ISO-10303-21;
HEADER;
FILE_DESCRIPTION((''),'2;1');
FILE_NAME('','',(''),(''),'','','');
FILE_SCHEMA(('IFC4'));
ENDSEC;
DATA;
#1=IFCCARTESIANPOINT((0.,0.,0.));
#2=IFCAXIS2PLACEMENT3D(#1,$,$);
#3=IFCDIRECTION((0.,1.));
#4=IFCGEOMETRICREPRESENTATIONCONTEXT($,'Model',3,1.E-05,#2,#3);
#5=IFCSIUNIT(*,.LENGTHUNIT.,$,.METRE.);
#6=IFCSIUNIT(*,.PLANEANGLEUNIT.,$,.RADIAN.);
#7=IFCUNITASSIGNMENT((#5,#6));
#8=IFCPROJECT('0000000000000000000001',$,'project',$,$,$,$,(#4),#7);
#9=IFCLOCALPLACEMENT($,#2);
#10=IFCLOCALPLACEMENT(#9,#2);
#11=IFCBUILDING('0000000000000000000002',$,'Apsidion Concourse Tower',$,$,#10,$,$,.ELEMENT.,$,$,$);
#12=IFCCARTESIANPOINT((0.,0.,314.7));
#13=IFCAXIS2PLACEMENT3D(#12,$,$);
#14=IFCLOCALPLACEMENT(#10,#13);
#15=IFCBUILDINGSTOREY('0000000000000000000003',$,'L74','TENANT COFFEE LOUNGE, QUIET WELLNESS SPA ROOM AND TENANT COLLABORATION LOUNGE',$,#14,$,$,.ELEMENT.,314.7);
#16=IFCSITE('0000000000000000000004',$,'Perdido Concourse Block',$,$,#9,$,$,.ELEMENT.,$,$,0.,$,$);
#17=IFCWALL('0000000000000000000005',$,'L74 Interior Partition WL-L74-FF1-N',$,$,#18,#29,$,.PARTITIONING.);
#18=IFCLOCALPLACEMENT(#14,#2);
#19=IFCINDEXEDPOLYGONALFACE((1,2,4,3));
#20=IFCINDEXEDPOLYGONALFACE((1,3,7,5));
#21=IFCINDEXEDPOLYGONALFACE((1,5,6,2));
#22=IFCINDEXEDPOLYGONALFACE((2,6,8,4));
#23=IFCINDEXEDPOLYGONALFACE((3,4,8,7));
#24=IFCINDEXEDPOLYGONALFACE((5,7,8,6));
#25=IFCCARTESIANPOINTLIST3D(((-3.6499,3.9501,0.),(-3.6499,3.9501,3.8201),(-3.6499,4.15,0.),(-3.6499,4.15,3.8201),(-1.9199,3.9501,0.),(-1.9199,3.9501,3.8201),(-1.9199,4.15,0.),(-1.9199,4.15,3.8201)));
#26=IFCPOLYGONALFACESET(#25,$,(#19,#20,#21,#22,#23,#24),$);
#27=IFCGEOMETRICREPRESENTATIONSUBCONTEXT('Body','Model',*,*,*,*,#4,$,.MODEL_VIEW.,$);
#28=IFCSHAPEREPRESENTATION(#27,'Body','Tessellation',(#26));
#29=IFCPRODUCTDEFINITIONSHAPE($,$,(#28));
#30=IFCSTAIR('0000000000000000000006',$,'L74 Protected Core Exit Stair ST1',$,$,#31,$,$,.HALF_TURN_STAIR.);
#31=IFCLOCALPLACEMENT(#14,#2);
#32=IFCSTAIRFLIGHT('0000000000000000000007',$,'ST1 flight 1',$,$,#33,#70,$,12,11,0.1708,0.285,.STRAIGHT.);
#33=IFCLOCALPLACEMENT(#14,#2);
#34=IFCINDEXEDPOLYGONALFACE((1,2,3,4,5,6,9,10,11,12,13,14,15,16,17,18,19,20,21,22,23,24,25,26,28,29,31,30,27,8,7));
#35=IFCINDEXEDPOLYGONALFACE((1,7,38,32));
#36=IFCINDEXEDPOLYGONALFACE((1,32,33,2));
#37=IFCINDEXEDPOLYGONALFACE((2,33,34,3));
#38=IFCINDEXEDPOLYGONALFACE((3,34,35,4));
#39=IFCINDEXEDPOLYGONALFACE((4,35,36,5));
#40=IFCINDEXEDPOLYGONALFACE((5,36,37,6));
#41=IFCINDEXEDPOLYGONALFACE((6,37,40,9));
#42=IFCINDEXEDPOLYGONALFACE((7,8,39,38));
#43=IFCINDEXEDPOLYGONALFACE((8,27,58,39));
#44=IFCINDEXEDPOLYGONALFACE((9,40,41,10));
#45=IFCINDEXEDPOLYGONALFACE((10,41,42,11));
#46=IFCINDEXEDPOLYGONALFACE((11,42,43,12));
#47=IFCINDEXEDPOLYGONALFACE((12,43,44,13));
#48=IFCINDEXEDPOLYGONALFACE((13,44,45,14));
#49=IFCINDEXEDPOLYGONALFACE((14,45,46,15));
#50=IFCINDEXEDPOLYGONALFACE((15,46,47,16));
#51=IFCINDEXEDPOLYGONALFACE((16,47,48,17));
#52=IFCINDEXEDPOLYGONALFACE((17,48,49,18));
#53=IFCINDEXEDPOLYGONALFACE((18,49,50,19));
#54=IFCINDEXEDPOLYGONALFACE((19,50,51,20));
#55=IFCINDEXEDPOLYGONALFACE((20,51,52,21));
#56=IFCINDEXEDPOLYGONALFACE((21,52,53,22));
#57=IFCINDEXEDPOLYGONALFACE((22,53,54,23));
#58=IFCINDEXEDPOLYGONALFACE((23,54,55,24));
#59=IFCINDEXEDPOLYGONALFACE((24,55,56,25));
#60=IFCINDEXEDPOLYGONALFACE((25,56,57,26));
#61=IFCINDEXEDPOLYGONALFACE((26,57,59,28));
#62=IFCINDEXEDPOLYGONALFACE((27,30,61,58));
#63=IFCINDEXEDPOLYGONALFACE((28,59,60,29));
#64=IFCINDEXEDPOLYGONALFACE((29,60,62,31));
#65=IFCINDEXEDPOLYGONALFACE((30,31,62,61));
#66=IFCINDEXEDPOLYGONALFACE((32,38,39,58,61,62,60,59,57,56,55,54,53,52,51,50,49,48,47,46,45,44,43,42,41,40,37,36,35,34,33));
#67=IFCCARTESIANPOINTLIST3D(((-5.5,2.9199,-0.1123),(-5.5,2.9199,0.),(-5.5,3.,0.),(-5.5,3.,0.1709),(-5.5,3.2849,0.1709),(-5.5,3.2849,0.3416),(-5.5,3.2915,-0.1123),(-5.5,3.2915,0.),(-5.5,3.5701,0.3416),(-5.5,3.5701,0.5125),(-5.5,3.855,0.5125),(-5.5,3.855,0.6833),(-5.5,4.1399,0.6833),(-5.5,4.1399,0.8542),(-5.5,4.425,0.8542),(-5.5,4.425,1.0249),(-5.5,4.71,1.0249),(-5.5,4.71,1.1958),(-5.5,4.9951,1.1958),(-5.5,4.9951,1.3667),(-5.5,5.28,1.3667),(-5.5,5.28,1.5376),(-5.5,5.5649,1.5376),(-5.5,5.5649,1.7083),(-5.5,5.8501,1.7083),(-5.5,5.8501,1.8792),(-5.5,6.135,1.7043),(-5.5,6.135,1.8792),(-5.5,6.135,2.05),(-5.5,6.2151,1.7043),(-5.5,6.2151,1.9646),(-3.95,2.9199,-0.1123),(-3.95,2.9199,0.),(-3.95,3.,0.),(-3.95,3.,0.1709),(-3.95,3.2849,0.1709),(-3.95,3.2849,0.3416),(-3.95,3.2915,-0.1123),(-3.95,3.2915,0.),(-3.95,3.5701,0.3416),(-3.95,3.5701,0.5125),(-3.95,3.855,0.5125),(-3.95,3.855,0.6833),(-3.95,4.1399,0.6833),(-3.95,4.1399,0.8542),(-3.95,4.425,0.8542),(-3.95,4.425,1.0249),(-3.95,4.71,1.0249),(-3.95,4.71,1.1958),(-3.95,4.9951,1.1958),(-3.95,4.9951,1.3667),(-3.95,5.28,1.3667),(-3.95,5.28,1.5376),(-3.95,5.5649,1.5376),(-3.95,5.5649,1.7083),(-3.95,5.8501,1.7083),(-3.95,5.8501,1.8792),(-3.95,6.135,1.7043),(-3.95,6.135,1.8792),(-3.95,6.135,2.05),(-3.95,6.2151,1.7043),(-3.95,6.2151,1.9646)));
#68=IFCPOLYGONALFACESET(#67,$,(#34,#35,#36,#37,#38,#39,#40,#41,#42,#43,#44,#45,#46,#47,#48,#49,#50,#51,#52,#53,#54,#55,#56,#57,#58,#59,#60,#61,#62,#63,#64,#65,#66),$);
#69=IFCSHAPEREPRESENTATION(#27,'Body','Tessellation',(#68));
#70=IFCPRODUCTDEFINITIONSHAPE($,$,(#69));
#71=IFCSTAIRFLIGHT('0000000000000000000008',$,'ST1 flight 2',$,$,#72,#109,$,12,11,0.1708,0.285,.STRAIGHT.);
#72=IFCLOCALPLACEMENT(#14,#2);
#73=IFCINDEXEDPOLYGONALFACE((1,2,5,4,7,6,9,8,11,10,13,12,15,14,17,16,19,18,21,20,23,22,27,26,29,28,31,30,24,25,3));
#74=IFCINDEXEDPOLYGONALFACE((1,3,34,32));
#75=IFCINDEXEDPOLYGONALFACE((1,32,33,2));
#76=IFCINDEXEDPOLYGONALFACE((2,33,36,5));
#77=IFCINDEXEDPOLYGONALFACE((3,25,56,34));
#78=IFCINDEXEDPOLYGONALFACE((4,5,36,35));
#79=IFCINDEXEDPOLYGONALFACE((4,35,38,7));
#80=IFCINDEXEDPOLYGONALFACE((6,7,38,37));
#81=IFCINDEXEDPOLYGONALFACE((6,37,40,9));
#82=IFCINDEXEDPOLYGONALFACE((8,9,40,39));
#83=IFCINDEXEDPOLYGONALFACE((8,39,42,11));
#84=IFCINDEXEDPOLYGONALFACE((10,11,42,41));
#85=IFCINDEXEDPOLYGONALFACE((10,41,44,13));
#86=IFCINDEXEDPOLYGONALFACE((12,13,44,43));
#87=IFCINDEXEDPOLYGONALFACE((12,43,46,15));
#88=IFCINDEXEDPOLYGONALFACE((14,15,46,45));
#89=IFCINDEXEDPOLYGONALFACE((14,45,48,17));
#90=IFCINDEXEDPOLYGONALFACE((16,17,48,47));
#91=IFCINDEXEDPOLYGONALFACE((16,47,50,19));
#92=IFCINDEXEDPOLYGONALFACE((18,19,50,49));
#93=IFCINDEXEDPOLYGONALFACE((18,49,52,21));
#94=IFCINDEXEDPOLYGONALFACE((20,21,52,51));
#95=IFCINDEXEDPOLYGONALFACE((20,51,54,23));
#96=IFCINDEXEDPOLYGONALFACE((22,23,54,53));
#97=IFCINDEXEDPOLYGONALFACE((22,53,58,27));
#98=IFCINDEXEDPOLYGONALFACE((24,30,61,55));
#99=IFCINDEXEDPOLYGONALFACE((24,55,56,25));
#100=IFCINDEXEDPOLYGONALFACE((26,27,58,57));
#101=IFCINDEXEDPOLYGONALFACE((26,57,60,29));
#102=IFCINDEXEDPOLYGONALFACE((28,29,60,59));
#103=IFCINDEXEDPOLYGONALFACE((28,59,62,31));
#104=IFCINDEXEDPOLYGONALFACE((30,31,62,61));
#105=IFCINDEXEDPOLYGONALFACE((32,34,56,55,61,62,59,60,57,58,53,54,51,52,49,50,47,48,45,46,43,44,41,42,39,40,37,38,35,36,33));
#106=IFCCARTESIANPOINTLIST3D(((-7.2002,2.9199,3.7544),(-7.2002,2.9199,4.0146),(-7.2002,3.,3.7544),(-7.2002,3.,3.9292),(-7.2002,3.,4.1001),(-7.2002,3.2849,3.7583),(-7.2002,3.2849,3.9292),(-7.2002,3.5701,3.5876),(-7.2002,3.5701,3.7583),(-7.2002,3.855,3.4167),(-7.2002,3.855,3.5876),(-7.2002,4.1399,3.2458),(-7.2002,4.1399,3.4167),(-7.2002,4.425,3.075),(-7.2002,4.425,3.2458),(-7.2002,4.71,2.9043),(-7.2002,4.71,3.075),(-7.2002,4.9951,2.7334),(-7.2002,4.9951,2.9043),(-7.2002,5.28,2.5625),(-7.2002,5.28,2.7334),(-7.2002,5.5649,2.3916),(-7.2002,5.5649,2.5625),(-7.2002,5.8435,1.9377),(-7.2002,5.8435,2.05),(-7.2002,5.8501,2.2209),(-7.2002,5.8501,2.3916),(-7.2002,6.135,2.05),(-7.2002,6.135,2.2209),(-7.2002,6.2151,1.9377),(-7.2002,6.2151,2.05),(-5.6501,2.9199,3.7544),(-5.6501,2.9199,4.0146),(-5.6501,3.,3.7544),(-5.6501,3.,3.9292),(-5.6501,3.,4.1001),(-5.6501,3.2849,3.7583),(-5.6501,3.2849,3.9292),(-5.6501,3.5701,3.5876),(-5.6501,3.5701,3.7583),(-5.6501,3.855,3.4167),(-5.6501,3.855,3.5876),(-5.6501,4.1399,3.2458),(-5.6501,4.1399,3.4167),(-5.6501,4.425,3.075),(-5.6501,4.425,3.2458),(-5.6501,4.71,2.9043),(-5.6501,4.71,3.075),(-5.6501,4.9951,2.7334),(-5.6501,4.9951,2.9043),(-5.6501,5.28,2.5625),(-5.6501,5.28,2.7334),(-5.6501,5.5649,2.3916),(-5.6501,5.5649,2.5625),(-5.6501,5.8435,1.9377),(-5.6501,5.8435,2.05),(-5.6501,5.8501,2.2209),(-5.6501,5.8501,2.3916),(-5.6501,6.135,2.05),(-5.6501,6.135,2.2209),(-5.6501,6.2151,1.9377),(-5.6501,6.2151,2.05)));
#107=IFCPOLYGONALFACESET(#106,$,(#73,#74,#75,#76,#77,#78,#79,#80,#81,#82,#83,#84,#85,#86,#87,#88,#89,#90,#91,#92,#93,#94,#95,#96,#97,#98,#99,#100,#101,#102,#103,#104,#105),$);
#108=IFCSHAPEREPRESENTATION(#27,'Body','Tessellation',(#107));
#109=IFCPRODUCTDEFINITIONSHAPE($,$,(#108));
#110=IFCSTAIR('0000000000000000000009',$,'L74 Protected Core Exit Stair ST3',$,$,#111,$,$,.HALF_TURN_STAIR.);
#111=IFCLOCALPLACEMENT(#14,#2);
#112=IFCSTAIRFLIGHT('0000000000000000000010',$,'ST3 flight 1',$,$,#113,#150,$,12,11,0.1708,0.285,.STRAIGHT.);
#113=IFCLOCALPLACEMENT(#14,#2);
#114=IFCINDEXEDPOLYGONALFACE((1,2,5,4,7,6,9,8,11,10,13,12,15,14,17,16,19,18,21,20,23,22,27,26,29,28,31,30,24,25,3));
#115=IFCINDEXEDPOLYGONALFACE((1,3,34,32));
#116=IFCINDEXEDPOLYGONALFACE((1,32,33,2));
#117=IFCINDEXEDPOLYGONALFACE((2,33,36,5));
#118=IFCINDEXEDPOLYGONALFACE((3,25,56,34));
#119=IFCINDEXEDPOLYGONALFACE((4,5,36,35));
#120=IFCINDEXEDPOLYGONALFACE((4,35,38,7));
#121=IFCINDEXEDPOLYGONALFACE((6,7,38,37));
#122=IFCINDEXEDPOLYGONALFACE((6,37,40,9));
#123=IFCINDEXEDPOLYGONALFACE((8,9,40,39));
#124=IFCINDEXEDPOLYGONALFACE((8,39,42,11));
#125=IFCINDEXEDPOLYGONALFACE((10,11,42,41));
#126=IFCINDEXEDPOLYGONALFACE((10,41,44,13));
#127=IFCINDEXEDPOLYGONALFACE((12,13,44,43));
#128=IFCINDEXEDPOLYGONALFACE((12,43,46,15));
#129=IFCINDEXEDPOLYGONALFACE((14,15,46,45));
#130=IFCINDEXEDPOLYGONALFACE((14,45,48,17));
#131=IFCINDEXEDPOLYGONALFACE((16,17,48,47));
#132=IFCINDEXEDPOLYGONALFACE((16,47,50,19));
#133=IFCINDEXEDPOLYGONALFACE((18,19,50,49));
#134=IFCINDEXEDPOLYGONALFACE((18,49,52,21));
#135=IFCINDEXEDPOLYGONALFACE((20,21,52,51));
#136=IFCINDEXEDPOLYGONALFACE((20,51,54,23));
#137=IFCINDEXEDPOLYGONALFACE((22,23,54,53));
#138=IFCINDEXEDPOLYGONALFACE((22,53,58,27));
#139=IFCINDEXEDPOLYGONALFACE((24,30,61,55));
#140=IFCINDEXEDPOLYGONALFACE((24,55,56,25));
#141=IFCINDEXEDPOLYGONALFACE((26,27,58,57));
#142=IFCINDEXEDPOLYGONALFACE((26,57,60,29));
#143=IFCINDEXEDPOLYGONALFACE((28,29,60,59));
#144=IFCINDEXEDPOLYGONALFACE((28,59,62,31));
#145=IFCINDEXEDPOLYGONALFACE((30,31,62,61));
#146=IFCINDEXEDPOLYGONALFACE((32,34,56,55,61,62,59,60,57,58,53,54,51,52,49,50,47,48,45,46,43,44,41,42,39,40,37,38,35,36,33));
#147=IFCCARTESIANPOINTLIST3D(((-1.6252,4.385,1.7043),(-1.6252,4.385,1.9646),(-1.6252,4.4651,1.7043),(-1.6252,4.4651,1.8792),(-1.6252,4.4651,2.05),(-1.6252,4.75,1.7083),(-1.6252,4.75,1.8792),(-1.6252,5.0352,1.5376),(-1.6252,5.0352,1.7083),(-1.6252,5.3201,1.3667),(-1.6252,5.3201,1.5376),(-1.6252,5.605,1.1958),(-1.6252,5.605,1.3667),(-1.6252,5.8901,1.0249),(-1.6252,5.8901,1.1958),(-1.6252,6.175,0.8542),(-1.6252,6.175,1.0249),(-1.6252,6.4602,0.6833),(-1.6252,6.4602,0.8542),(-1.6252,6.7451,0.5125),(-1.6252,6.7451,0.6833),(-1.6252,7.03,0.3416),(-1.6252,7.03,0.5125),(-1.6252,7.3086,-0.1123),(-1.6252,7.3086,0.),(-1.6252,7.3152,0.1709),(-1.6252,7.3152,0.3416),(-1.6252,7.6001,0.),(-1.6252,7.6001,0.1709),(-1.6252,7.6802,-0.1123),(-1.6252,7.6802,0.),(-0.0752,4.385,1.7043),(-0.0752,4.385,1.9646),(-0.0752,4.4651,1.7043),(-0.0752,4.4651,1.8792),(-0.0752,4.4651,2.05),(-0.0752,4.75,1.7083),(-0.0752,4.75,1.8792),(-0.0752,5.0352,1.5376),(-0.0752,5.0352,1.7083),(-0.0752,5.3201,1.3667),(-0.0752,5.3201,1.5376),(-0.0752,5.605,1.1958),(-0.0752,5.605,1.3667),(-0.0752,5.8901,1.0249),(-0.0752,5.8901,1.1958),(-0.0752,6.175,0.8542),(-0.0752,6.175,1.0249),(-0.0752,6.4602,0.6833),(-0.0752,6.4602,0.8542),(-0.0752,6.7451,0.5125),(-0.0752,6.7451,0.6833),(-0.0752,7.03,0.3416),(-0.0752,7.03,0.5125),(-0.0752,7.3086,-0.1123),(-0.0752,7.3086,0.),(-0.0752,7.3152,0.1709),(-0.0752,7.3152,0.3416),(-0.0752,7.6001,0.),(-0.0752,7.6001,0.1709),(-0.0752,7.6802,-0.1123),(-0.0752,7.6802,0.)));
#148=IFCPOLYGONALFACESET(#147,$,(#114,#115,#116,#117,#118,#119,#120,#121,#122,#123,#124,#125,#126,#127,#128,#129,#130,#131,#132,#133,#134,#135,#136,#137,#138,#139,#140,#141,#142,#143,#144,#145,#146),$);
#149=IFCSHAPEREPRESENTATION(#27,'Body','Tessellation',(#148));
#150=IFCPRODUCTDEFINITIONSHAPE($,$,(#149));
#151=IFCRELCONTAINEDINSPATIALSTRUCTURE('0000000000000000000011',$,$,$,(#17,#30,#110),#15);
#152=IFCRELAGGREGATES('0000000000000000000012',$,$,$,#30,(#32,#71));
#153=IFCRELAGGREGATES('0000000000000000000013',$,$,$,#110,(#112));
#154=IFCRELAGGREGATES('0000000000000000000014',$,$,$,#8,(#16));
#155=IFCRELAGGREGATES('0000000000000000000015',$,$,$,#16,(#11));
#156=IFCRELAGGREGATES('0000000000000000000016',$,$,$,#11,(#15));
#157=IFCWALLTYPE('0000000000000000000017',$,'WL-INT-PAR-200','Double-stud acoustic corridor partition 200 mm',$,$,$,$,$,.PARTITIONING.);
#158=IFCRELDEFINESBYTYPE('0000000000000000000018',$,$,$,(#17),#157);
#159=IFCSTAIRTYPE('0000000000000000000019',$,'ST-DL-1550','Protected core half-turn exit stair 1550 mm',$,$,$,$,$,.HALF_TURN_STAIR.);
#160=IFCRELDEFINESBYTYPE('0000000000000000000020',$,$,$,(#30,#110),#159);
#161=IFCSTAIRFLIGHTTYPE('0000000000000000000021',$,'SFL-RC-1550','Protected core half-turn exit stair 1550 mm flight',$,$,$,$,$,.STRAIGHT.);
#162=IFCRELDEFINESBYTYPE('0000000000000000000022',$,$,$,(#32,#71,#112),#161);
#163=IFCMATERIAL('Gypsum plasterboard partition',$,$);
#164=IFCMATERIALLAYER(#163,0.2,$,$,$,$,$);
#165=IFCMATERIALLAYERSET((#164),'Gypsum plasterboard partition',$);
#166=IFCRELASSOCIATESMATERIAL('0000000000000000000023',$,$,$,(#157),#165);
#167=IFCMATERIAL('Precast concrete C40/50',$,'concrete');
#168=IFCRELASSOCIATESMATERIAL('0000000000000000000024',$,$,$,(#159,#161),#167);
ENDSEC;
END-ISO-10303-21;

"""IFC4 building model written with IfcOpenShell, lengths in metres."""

from ifc_helpers import new_model, si_unit, direction, frame, frame_2d, origin, place, context, subcontext, project, spatial, polyline, rectangle, outline, extrude, material, layer, layer_set, type_object, element, aggregate, save


model = new_model("IFC4")

# Units and contexts
model_context = context("Model", 3, precision=1e-05, world=origin(), true_north=direction((0.0, 1.0)))
body_context = subcontext(model_context, "Body", "Model", "MODEL_VIEW")
ifc_project = project(units=[si_unit("LENGTHUNIT", "METRE"), si_unit("PLANEANGLEUNIT", "RADIAN")], contexts=[model_context])

# Site, building, storey
site_placement = place(None, origin())
site = spatial("IfcSite", under=ifc_project, at=site_placement, Name="Perdido Concourse Block", CompositionType="ELEMENT", RefElevation=0.0)
building_placement = place(site_placement, origin())
building = spatial("IfcBuilding", under=site, at=building_placement, Name="Apsidion Concourse Tower", CompositionType="ELEMENT")
storey_placement = place(building_placement, frame((0.0, 0.0, 314.7)))
storey = spatial("IfcBuildingStorey", under=building, at=storey_placement, Name="L74", Description="TENANT COFFEE LOUNGE, QUIET WELLNESS SPA ROOM AND TENANT COLLABORATION LOUNGE", CompositionType="ELEMENT", Elevation=314.7)

# Shared definitions
ifc_material_1 = material(Name="Gypsum plasterboard partition")

# Wall
ifc_layer_1 = layer(ifc_material_1, 0.2)
ifc_layer_set_1 = layer_set([ifc_layer_1], Name="Gypsum plasterboard partition")
wall_type_1 = type_object("IfcWallType", Name="WL-INT-PAR-200", Description="Double-stud acoustic corridor partition 200 mm", PredefinedType="PARTITIONING", material=ifc_layer_set_1)
wall_1_placement = place(storey_placement, frame((-3.6499, 4.05, 0.0), z_axis=(0.0, 0.0, 1.0), x_axis=(1.0, 0.0, 0.0)))
element("IfcWall", 1, at=wall_1_placement, inside=storey, type_object=wall_type_1, Name="L74 Interior Partition WL-L74-FF1-N", PredefinedType="PARTITIONING", context=body_context, shape_type="SweptSolid", body=[
    extrude(rectangle(XDim=1.73, YDim=0.2, at=frame_2d((0.865, 0.0))), origin(), (0.0, 0.0, 1.0), 3.8201),
])

# Stair, stair flights
ifc_material_2 = material(Name="Precast concrete C40/50", Category="concrete")
stair_type = type_object("IfcStairType", Name="ST-DL-1550", Description="Protected core half-turn exit stair 1550 mm", PredefinedType="HALF_TURN_STAIR", material=ifc_material_2)
stair_1_placement = place(storey_placement, origin())
stair_1 = element("IfcStair", 2, at=stair_1_placement, inside=storey, type_object=stair_type, Name="L74 Protected Core Exit Stair ST1", PredefinedType="HALF_TURN_STAIR")
stair_flight_type = type_object("IfcStairFlightType", Name="SFL-RC-1550", Description="Protected core half-turn exit stair 1550 mm flight", PredefinedType="STRAIGHT", material=ifc_material_2)
stair_flight_1_placement = place(storey_placement, frame((-4.7251, 3.0, 0.0), z_axis=(0.0, 0.0, 1.0), x_axis=(0.0, 1.0, 0.0)))
stair_flight_1 = element("IfcStairFlight", 3, at=stair_flight_1_placement, type_object=stair_flight_type, Name="ST1 flight 1", NumberOfRisers=12, NumberOfTreads=11, PredefinedType="STRAIGHT", RiserHeight=0.1708, TreadLength=0.285, context=body_context, shape_type="SweptSolid", body=[
    extrude(outline(polyline([(-0.0801, -0.1123), (-0.0801, 0.0), (0.0, 0.0), (0.0, 0.1709), (0.2849, 0.1709), (0.2849, 0.3416), (0.5701, 0.3416), (0.5701, 0.5125), (0.855, 0.5125), (0.855, 0.6833), (1.1399, 0.6833), (1.1399, 0.8542), (1.425, 0.8542), (1.425, 1.0249), (1.71, 1.0249), (1.71, 1.1958), (1.9951, 1.1958), (1.9951, 1.3667), (2.28, 1.3667), (2.28, 1.5376), (2.5649, 1.5376), (2.5649, 1.7083), (2.8501, 1.7083), (2.8501, 1.8792), (3.135, 1.8792), (3.135, 2.05), (3.2151, 1.9646), (3.2151, 1.7043), (3.135, 1.7043), (0.2915, 0.0), (0.2915, -0.1123), (-0.0801, -0.1123)])), frame((0.0, 0.7749, 0.0), z_axis=(0.0, -1.0, 0.0), x_axis=(1.0, 0.0, 0.0)), (0.0, 0.0, 1.0), 1.55),
])
stair_flight_2_placement = place(storey_placement, frame((-6.425, 6.135, 2.05), z_axis=(0.0, 0.0, 1.0), x_axis=(0.0, -1.0, 0.0)))
stair_flight_2 = element("IfcStairFlight", 4, at=stair_flight_2_placement, type_object=stair_flight_type, Name="ST1 flight 2", NumberOfRisers=12, NumberOfTreads=11, PredefinedType="STRAIGHT", RiserHeight=0.1708, TreadLength=0.285, context=body_context, shape_type="SweptSolid", body=[
    extrude(outline(polyline([(-0.0801, -0.1123), (-0.0801, 0.0), (0.0, 0.0), (0.0, 0.1709), (0.2849, 0.1709), (0.2849, 0.3416), (0.5701, 0.3416), (0.5701, 0.5125), (0.855, 0.5125), (0.855, 0.6833), (1.1399, 0.6833), (1.1399, 0.8542), (1.425, 0.8542), (1.425, 1.0249), (1.71, 1.0249), (1.71, 1.1958), (1.9951, 1.1958), (1.9951, 1.3667), (2.28, 1.3667), (2.28, 1.5376), (2.5649, 1.5376), (2.5649, 1.7083), (2.8501, 1.7083), (2.8501, 1.8792), (3.135, 1.8792), (3.135, 2.05), (3.2151, 1.9646), (3.2151, 1.7043), (3.135, 1.7043), (0.2915, 0.0), (0.2915, -0.1123), (-0.0801, -0.1123)])), frame((0.0, 0.7749, 0.0), z_axis=(0.0, -1.0, 0.0), x_axis=(1.0, 0.0, 0.0)), (0.0, 0.0, 1.0), 1.55),
])
aggregate(stair_1, [stair_flight_1, stair_flight_2])

# Stair, stair flight
stair_2_placement = place(storey_placement, origin())
stair_2 = element("IfcStair", 5, at=stair_2_placement, inside=storey, type_object=stair_type, Name="L74 Protected Core Exit Stair ST3", PredefinedType="HALF_TURN_STAIR")
stair_flight_3_placement = place(storey_placement, frame((-0.8501, 7.6001, 0.0), z_axis=(0.0, 0.0, 1.0), x_axis=(0.0, -1.0, 0.0)))
stair_flight_3 = element("IfcStairFlight", 6, at=stair_flight_3_placement, type_object=stair_flight_type, Name="ST3 flight 1", NumberOfRisers=12, NumberOfTreads=11, PredefinedType="STRAIGHT", RiserHeight=0.1708, TreadLength=0.285, context=body_context, shape_type="SweptSolid", body=[
    extrude(outline(polyline([(-0.0801, -0.1123), (-0.0801, 0.0), (0.0, 0.0), (0.0, 0.1709), (0.2849, 0.1709), (0.2849, 0.3416), (0.5701, 0.3416), (0.5701, 0.5125), (0.855, 0.5125), (0.855, 0.6833), (1.1399, 0.6833), (1.1399, 0.8542), (1.425, 0.8542), (1.425, 1.0249), (1.71, 1.0249), (1.71, 1.1958), (1.9951, 1.1958), (1.9951, 1.3667), (2.28, 1.3667), (2.28, 1.5376), (2.5649, 1.5376), (2.5649, 1.7083), (2.8501, 1.7083), (2.8501, 1.8792), (3.135, 1.8792), (3.135, 2.05), (3.2151, 1.9646), (3.2151, 1.7043), (3.135, 1.7043), (0.2915, 0.0), (0.2915, -0.1123), (-0.0801, -0.1123)])), frame((0.0, 0.7749, 0.0), z_axis=(0.0, -1.0, 0.0), x_axis=(1.0, 0.0, 0.0)), (0.0, 0.0, 1.0), 1.55),
])
aggregate(stair_2, [stair_flight_3])

save(model, "model.ifc")
